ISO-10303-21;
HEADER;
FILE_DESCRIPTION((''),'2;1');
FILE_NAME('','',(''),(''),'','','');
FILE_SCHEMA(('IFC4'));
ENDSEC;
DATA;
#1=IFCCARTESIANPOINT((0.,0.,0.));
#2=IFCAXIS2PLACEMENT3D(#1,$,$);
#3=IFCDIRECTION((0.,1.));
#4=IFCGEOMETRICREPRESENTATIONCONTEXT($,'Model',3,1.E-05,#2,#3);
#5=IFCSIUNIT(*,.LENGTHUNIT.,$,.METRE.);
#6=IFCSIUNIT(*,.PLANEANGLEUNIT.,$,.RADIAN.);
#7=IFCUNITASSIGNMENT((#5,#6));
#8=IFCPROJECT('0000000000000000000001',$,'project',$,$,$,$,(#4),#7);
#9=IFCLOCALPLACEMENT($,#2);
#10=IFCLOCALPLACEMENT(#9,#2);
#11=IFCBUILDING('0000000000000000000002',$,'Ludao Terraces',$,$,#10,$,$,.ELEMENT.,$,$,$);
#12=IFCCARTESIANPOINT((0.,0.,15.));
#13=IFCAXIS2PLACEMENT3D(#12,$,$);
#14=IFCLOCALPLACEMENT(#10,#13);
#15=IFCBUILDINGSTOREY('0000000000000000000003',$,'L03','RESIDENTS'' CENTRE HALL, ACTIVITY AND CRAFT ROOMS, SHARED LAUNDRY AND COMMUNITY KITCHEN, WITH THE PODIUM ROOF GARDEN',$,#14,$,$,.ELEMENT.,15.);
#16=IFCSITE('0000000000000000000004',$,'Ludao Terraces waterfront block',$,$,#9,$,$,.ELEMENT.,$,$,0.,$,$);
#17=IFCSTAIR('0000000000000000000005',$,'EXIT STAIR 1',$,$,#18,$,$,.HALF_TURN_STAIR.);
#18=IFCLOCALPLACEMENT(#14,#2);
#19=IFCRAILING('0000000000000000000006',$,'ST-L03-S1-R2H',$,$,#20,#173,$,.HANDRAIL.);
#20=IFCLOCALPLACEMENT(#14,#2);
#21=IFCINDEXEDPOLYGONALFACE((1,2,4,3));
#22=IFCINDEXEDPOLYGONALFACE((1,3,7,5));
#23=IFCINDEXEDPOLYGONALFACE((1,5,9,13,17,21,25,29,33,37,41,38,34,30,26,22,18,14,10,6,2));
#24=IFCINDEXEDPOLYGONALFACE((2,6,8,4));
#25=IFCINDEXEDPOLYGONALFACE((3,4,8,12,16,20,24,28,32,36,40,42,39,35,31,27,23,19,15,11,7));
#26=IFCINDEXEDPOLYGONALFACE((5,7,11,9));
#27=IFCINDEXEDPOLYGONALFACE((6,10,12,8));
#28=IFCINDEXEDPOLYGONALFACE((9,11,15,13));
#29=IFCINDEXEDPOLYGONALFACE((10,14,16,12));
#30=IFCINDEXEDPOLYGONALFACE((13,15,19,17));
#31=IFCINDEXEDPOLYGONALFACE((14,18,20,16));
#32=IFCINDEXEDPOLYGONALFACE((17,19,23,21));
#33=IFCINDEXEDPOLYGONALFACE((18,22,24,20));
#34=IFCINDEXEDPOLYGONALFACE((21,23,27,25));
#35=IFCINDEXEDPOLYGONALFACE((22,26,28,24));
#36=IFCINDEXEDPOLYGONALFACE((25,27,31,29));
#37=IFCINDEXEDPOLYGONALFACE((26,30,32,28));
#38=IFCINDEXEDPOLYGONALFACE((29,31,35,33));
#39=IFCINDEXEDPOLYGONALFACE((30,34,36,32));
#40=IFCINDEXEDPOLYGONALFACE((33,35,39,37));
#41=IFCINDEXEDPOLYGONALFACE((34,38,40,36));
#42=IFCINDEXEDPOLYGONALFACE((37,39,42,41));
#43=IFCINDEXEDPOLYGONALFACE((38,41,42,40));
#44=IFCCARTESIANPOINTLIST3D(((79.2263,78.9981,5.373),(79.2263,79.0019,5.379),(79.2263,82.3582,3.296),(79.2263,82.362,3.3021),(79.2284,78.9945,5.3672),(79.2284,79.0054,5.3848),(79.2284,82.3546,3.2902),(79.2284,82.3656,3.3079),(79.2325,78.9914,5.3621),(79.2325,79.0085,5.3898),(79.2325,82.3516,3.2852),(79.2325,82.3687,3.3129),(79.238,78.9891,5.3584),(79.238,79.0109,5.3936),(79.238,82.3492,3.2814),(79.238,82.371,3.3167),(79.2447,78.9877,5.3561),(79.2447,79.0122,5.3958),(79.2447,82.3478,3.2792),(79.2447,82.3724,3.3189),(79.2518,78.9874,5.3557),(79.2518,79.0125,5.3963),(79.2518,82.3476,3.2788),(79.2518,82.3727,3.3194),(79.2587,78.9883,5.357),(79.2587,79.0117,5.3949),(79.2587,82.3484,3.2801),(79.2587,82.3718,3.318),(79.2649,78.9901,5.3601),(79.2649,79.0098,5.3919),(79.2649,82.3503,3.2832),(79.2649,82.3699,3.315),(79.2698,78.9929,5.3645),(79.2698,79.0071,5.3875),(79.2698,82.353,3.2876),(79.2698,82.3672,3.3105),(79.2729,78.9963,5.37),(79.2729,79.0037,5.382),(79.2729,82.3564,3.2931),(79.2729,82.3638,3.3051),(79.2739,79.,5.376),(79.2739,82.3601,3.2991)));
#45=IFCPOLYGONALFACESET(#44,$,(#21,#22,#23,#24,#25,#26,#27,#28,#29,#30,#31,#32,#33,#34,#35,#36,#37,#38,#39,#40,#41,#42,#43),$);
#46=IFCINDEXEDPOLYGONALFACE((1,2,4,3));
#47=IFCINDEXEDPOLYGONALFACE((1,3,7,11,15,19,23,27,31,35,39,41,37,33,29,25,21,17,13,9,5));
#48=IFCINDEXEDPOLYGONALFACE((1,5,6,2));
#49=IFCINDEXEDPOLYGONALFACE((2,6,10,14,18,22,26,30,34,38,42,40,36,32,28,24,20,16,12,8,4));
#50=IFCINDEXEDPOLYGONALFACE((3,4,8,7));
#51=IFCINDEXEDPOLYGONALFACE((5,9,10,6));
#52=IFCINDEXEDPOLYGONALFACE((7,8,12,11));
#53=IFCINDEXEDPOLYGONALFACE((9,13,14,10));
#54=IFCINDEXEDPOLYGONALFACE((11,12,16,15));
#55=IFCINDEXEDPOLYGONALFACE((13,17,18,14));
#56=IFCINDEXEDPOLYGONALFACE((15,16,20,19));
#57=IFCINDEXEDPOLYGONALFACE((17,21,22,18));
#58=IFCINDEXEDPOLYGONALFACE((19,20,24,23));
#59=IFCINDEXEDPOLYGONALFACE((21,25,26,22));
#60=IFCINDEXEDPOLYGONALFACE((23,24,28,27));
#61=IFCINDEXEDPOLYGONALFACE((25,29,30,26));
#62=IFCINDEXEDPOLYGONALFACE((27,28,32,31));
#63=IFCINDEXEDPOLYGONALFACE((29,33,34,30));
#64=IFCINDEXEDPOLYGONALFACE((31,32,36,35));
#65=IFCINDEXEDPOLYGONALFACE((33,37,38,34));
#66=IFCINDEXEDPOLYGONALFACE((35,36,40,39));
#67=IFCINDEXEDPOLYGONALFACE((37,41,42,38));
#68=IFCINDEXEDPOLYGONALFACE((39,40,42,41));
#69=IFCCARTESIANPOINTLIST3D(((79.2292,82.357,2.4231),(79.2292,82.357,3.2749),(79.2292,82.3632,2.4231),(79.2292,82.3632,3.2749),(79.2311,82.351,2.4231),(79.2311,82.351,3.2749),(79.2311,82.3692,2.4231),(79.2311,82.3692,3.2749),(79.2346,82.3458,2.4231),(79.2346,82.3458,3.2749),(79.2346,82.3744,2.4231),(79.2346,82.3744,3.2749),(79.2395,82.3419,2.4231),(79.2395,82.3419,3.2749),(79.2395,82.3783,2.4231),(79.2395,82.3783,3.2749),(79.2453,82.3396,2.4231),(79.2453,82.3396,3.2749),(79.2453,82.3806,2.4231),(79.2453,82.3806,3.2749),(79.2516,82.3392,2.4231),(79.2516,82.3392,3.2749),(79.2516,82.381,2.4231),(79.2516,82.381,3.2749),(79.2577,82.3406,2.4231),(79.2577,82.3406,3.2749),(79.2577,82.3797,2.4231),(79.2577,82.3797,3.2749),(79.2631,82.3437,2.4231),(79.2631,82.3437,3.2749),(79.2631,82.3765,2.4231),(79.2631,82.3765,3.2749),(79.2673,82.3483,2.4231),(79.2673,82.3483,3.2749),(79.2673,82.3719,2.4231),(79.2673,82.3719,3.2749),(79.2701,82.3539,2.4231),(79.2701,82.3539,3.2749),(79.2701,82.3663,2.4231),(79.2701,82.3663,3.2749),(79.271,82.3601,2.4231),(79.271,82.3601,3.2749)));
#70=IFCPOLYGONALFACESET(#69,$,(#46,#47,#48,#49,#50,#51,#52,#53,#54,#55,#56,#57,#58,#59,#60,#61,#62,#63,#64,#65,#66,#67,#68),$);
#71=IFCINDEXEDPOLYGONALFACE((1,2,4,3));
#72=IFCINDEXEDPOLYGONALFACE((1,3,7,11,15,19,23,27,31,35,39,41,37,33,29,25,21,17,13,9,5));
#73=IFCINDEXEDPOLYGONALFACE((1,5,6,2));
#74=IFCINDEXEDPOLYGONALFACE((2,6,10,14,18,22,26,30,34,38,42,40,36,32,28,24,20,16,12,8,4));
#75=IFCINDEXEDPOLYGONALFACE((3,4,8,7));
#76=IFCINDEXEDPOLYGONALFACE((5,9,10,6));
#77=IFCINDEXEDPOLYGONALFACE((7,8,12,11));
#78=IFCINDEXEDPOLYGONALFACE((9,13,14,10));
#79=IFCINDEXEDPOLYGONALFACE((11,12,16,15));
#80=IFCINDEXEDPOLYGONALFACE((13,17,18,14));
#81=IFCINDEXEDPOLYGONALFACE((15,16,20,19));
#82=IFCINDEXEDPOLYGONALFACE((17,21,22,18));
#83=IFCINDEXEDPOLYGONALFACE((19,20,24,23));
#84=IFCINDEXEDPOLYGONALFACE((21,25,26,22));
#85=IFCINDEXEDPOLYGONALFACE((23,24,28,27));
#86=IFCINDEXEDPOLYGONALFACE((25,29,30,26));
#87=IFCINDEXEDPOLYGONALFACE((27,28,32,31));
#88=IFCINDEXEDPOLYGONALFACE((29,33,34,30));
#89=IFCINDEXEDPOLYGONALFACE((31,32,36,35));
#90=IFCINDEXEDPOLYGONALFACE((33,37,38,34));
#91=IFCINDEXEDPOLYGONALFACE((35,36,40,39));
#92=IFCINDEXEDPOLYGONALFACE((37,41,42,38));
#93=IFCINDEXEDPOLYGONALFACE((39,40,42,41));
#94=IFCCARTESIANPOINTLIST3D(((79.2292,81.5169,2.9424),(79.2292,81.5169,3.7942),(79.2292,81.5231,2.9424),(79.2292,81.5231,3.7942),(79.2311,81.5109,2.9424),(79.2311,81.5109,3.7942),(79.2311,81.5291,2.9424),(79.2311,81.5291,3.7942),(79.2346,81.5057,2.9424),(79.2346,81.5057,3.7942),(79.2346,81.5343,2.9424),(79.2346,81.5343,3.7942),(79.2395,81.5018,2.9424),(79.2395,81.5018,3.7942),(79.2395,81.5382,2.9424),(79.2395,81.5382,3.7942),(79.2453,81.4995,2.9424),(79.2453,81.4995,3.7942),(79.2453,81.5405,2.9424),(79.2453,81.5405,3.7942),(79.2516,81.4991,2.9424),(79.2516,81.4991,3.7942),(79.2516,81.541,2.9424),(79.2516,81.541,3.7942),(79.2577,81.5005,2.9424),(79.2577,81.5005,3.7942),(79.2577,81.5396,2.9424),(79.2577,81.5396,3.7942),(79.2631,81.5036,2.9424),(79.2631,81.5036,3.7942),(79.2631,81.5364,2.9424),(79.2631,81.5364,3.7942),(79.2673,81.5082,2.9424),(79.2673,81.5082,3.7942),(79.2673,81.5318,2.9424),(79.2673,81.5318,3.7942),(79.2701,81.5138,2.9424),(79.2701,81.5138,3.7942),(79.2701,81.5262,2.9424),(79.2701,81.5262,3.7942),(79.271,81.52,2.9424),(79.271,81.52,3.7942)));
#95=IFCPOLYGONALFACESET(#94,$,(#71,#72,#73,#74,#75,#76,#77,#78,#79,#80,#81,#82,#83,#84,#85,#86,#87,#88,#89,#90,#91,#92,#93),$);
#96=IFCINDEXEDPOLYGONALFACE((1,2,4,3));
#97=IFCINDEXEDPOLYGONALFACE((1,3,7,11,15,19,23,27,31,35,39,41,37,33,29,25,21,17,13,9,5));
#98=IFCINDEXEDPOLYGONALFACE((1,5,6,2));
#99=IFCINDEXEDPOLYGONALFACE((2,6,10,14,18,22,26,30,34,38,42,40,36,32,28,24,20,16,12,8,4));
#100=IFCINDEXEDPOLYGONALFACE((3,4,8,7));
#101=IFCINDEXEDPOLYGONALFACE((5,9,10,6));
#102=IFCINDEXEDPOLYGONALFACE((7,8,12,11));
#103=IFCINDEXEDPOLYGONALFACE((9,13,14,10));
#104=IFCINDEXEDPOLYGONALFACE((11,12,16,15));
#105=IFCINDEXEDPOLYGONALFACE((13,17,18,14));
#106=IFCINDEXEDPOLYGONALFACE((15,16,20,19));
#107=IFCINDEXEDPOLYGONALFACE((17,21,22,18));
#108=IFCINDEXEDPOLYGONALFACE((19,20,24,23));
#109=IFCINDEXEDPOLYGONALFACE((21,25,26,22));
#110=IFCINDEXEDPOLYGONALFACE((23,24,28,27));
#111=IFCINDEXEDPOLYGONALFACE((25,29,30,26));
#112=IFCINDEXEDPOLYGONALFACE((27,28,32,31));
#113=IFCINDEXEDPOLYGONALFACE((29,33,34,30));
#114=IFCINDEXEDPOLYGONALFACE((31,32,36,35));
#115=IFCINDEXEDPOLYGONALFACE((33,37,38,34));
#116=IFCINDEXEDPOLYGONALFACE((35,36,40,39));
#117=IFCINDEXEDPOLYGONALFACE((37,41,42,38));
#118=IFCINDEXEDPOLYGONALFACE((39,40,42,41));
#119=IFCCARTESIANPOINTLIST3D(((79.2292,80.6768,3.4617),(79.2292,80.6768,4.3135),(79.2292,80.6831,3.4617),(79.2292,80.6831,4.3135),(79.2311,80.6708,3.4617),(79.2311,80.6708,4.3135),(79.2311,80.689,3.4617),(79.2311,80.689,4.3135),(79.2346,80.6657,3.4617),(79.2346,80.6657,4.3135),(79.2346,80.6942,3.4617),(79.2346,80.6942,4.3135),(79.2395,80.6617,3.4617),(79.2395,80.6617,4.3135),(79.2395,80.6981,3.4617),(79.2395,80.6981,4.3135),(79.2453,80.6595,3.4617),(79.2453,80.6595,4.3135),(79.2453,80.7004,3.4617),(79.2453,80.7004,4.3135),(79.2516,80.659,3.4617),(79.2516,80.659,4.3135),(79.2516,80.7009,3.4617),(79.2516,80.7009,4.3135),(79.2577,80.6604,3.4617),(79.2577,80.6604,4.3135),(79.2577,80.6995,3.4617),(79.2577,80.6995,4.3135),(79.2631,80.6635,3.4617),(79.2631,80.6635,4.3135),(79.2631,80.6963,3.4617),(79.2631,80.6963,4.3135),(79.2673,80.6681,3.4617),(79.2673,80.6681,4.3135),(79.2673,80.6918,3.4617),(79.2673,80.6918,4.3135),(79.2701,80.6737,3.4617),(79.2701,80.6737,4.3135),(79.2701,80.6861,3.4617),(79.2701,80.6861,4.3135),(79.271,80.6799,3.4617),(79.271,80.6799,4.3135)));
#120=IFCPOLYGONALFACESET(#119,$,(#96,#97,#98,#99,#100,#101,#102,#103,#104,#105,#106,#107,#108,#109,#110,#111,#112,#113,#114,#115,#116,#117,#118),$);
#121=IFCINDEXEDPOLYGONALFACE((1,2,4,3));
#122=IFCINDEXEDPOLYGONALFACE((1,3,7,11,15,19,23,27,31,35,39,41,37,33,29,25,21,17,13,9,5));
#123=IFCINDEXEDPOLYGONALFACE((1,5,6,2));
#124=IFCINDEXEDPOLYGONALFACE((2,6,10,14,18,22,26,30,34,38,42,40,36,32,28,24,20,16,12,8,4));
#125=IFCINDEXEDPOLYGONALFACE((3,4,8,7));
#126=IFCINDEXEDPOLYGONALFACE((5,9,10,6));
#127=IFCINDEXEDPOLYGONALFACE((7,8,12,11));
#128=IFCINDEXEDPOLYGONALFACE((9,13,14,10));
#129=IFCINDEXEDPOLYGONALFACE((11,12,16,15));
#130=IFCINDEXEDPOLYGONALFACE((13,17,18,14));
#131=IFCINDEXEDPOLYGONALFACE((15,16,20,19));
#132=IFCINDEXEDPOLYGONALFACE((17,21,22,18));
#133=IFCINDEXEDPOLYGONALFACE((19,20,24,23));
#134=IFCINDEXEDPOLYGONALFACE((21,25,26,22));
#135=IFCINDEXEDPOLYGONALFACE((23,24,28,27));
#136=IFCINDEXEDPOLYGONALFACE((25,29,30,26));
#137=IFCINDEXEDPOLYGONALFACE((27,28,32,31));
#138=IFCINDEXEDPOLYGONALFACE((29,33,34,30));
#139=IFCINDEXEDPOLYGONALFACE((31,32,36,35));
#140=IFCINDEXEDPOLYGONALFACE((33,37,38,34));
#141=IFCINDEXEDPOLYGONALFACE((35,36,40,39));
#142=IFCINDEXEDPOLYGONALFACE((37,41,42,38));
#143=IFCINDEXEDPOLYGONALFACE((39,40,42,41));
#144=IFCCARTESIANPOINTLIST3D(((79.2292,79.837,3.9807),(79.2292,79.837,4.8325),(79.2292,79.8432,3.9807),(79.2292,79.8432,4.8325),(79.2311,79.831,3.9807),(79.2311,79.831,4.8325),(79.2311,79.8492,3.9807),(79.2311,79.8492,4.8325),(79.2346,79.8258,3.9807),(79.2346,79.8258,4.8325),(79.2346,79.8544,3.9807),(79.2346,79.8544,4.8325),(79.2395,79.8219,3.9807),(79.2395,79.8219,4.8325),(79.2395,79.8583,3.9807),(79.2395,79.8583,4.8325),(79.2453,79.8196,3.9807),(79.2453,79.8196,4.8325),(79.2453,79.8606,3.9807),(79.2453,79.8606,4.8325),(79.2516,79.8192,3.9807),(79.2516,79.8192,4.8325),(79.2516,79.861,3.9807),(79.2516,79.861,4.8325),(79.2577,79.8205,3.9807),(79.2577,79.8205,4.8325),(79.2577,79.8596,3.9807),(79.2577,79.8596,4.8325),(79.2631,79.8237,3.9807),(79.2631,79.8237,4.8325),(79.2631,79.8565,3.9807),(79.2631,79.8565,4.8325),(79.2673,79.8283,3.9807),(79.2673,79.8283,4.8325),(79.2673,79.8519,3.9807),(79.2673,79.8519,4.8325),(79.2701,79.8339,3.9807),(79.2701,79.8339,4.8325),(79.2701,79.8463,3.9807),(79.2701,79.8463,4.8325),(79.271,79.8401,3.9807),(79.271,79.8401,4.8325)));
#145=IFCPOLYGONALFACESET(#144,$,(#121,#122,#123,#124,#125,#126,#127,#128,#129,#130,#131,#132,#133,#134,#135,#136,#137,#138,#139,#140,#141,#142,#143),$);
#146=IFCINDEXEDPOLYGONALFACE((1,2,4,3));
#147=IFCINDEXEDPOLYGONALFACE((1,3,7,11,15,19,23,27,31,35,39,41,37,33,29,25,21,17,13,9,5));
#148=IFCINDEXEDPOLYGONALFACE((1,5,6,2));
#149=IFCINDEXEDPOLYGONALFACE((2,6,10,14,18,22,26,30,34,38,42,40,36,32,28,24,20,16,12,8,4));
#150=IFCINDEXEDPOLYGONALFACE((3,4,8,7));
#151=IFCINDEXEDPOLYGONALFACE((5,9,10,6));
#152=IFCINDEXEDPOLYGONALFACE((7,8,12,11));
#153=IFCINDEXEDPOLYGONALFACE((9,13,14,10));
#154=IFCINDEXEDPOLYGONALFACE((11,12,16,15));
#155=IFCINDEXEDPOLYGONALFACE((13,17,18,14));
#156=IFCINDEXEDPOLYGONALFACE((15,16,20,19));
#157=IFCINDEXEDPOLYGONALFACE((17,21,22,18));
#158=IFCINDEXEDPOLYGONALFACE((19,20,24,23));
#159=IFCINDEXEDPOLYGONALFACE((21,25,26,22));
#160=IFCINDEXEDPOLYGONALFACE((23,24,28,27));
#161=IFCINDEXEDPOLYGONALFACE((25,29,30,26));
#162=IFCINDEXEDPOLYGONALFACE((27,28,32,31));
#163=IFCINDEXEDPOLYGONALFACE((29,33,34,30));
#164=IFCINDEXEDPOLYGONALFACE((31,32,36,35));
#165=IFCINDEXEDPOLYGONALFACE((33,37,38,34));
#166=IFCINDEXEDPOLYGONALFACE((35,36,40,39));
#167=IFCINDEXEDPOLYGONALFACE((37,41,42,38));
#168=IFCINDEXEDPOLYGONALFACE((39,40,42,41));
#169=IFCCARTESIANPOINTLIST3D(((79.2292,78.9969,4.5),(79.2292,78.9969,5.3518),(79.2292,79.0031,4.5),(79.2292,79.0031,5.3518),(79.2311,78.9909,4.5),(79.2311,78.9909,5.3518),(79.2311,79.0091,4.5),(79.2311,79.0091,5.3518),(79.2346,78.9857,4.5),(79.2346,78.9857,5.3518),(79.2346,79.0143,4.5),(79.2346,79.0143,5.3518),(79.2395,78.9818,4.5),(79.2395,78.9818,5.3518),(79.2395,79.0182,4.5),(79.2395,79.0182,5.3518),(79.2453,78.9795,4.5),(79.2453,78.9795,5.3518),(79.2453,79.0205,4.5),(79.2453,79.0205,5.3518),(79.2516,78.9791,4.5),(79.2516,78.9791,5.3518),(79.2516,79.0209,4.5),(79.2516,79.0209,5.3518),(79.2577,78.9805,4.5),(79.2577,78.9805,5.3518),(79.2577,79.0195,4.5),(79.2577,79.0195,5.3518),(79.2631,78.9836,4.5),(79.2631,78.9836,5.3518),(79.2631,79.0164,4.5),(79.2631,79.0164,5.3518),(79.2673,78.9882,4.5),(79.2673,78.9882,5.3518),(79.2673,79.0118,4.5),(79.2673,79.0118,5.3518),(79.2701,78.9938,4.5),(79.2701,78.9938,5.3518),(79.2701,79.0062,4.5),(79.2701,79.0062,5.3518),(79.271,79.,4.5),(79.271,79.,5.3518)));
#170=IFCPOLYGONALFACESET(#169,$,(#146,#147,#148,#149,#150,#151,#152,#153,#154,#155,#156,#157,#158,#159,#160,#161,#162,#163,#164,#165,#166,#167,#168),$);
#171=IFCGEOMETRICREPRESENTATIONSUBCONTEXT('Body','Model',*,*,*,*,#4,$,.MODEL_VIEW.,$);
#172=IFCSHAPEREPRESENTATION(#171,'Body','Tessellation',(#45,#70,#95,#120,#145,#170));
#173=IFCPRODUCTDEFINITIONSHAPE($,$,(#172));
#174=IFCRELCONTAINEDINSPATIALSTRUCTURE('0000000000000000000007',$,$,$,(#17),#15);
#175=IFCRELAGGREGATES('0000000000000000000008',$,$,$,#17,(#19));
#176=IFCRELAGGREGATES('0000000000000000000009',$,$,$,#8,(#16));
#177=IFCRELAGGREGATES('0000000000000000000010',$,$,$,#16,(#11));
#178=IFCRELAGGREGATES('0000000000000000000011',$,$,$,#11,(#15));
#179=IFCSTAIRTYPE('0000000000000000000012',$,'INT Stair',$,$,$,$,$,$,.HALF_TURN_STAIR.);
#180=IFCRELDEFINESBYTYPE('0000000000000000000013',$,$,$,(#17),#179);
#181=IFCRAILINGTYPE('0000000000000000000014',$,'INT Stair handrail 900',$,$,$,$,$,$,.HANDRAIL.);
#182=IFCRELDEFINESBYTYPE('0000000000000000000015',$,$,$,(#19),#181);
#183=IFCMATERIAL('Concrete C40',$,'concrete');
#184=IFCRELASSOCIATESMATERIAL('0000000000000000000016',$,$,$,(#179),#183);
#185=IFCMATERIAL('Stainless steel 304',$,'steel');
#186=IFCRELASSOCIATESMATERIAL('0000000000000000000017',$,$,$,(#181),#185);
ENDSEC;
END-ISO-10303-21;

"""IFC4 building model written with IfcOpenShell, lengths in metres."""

from ifc_helpers import new_model, si_unit, direction, frame, origin, origin_2d, place, context, subcontext, project, spatial, circle, extrude, material, type_object, element, aggregate, save


model = new_model("IFC4")

# Units and contexts
model_context = context("Model", 3, precision=1e-05, world=origin(), true_north=direction((0.0, 1.0)))
body_context = subcontext(model_context, "Body", "Model", "MODEL_VIEW")
ifc_project = project(units=[si_unit("LENGTHUNIT", "METRE"), si_unit("PLANEANGLEUNIT", "RADIAN")], contexts=[model_context])

# Site, building, storey
site_placement = place(None, origin())
site = spatial("IfcSite", under=ifc_project, at=site_placement, Name="Ludao Terraces waterfront block", CompositionType="ELEMENT", RefElevation=0.0)
building_placement = place(site_placement, origin())
building = spatial("IfcBuilding", under=site, at=building_placement, Name="Ludao Terraces", CompositionType="ELEMENT")
storey_placement = place(building_placement, frame((0.0, 0.0, 15.0)))
storey = spatial("IfcBuildingStorey", under=building, at=storey_placement, Name="L03", Description="RESIDENTS' CENTRE HALL, ACTIVITY AND CRAFT ROOMS, SHARED LAUNDRY AND COMMUNITY KITCHEN, WITH THE PODIUM ROOF GARDEN", CompositionType="ELEMENT", Elevation=15.0)

# Shared definitions
ifc_material_1 = material(Name="Stainless steel 304", Category="steel")

# Stair, railing
ifc_material_2 = material(Name="Concrete C40", Category="concrete")
stair_type = type_object("IfcStairType", Name="INT Stair", PredefinedType="HALF_TURN_STAIR", material=ifc_material_2)
stair_placement = place(storey_placement, origin())
stair = element("IfcStair", 1, at=stair_placement, inside=storey, type_object=stair_type, Name="EXIT STAIR 1", PredefinedType="HALF_TURN_STAIR")
railing_type_1 = type_object("IfcRailingType", Name="INT Stair handrail 900", PredefinedType="HANDRAIL", material=ifc_material_1)
railing_1_placement = place(storey_placement, frame((79.25, 82.3601, 2.4231)))
railing_1 = element("IfcRailing", 2, at=railing_1_placement, type_object=railing_type_1, Name="ST-L03-S1-R2H", PredefinedType="HANDRAIL", context=body_context, shape_type="SweptSolid", body=[
    extrude(circle(Radius=0.0239, at=origin_2d()), frame((0.0, 0.0, 0.876), z_axis=(0.0, -0.850623, 0.525776), x_axis=(1.0, 0.0, 0.0)), (0.0, 0.0, 1.0), 3.9502),
    extrude(circle(Radius=0.021, at=origin_2d()), origin(), (0.0, 0.0, 1.0), 0.8518),
    extrude(circle(Radius=0.021, at=origin_2d()), frame((0.0, -0.8401, 0.5193)), (0.0, 0.0, 1.0), 0.8518),
    extrude(circle(Radius=0.021, at=origin_2d()), frame((0.0, -1.6802, 1.0386)), (0.0, 0.0, 1.0), 0.8518),
    extrude(circle(Radius=0.021, at=origin_2d()), frame((0.0, -2.52, 1.5576)), (0.0, 0.0, 1.0), 0.8518),
    extrude(circle(Radius=0.021, at=origin_2d()), frame((0.0, -3.3601, 2.0769)), (0.0, 0.0, 1.0), 0.8518),
])
aggregate(stair, [railing_1])

save(model, "model.ifc")
